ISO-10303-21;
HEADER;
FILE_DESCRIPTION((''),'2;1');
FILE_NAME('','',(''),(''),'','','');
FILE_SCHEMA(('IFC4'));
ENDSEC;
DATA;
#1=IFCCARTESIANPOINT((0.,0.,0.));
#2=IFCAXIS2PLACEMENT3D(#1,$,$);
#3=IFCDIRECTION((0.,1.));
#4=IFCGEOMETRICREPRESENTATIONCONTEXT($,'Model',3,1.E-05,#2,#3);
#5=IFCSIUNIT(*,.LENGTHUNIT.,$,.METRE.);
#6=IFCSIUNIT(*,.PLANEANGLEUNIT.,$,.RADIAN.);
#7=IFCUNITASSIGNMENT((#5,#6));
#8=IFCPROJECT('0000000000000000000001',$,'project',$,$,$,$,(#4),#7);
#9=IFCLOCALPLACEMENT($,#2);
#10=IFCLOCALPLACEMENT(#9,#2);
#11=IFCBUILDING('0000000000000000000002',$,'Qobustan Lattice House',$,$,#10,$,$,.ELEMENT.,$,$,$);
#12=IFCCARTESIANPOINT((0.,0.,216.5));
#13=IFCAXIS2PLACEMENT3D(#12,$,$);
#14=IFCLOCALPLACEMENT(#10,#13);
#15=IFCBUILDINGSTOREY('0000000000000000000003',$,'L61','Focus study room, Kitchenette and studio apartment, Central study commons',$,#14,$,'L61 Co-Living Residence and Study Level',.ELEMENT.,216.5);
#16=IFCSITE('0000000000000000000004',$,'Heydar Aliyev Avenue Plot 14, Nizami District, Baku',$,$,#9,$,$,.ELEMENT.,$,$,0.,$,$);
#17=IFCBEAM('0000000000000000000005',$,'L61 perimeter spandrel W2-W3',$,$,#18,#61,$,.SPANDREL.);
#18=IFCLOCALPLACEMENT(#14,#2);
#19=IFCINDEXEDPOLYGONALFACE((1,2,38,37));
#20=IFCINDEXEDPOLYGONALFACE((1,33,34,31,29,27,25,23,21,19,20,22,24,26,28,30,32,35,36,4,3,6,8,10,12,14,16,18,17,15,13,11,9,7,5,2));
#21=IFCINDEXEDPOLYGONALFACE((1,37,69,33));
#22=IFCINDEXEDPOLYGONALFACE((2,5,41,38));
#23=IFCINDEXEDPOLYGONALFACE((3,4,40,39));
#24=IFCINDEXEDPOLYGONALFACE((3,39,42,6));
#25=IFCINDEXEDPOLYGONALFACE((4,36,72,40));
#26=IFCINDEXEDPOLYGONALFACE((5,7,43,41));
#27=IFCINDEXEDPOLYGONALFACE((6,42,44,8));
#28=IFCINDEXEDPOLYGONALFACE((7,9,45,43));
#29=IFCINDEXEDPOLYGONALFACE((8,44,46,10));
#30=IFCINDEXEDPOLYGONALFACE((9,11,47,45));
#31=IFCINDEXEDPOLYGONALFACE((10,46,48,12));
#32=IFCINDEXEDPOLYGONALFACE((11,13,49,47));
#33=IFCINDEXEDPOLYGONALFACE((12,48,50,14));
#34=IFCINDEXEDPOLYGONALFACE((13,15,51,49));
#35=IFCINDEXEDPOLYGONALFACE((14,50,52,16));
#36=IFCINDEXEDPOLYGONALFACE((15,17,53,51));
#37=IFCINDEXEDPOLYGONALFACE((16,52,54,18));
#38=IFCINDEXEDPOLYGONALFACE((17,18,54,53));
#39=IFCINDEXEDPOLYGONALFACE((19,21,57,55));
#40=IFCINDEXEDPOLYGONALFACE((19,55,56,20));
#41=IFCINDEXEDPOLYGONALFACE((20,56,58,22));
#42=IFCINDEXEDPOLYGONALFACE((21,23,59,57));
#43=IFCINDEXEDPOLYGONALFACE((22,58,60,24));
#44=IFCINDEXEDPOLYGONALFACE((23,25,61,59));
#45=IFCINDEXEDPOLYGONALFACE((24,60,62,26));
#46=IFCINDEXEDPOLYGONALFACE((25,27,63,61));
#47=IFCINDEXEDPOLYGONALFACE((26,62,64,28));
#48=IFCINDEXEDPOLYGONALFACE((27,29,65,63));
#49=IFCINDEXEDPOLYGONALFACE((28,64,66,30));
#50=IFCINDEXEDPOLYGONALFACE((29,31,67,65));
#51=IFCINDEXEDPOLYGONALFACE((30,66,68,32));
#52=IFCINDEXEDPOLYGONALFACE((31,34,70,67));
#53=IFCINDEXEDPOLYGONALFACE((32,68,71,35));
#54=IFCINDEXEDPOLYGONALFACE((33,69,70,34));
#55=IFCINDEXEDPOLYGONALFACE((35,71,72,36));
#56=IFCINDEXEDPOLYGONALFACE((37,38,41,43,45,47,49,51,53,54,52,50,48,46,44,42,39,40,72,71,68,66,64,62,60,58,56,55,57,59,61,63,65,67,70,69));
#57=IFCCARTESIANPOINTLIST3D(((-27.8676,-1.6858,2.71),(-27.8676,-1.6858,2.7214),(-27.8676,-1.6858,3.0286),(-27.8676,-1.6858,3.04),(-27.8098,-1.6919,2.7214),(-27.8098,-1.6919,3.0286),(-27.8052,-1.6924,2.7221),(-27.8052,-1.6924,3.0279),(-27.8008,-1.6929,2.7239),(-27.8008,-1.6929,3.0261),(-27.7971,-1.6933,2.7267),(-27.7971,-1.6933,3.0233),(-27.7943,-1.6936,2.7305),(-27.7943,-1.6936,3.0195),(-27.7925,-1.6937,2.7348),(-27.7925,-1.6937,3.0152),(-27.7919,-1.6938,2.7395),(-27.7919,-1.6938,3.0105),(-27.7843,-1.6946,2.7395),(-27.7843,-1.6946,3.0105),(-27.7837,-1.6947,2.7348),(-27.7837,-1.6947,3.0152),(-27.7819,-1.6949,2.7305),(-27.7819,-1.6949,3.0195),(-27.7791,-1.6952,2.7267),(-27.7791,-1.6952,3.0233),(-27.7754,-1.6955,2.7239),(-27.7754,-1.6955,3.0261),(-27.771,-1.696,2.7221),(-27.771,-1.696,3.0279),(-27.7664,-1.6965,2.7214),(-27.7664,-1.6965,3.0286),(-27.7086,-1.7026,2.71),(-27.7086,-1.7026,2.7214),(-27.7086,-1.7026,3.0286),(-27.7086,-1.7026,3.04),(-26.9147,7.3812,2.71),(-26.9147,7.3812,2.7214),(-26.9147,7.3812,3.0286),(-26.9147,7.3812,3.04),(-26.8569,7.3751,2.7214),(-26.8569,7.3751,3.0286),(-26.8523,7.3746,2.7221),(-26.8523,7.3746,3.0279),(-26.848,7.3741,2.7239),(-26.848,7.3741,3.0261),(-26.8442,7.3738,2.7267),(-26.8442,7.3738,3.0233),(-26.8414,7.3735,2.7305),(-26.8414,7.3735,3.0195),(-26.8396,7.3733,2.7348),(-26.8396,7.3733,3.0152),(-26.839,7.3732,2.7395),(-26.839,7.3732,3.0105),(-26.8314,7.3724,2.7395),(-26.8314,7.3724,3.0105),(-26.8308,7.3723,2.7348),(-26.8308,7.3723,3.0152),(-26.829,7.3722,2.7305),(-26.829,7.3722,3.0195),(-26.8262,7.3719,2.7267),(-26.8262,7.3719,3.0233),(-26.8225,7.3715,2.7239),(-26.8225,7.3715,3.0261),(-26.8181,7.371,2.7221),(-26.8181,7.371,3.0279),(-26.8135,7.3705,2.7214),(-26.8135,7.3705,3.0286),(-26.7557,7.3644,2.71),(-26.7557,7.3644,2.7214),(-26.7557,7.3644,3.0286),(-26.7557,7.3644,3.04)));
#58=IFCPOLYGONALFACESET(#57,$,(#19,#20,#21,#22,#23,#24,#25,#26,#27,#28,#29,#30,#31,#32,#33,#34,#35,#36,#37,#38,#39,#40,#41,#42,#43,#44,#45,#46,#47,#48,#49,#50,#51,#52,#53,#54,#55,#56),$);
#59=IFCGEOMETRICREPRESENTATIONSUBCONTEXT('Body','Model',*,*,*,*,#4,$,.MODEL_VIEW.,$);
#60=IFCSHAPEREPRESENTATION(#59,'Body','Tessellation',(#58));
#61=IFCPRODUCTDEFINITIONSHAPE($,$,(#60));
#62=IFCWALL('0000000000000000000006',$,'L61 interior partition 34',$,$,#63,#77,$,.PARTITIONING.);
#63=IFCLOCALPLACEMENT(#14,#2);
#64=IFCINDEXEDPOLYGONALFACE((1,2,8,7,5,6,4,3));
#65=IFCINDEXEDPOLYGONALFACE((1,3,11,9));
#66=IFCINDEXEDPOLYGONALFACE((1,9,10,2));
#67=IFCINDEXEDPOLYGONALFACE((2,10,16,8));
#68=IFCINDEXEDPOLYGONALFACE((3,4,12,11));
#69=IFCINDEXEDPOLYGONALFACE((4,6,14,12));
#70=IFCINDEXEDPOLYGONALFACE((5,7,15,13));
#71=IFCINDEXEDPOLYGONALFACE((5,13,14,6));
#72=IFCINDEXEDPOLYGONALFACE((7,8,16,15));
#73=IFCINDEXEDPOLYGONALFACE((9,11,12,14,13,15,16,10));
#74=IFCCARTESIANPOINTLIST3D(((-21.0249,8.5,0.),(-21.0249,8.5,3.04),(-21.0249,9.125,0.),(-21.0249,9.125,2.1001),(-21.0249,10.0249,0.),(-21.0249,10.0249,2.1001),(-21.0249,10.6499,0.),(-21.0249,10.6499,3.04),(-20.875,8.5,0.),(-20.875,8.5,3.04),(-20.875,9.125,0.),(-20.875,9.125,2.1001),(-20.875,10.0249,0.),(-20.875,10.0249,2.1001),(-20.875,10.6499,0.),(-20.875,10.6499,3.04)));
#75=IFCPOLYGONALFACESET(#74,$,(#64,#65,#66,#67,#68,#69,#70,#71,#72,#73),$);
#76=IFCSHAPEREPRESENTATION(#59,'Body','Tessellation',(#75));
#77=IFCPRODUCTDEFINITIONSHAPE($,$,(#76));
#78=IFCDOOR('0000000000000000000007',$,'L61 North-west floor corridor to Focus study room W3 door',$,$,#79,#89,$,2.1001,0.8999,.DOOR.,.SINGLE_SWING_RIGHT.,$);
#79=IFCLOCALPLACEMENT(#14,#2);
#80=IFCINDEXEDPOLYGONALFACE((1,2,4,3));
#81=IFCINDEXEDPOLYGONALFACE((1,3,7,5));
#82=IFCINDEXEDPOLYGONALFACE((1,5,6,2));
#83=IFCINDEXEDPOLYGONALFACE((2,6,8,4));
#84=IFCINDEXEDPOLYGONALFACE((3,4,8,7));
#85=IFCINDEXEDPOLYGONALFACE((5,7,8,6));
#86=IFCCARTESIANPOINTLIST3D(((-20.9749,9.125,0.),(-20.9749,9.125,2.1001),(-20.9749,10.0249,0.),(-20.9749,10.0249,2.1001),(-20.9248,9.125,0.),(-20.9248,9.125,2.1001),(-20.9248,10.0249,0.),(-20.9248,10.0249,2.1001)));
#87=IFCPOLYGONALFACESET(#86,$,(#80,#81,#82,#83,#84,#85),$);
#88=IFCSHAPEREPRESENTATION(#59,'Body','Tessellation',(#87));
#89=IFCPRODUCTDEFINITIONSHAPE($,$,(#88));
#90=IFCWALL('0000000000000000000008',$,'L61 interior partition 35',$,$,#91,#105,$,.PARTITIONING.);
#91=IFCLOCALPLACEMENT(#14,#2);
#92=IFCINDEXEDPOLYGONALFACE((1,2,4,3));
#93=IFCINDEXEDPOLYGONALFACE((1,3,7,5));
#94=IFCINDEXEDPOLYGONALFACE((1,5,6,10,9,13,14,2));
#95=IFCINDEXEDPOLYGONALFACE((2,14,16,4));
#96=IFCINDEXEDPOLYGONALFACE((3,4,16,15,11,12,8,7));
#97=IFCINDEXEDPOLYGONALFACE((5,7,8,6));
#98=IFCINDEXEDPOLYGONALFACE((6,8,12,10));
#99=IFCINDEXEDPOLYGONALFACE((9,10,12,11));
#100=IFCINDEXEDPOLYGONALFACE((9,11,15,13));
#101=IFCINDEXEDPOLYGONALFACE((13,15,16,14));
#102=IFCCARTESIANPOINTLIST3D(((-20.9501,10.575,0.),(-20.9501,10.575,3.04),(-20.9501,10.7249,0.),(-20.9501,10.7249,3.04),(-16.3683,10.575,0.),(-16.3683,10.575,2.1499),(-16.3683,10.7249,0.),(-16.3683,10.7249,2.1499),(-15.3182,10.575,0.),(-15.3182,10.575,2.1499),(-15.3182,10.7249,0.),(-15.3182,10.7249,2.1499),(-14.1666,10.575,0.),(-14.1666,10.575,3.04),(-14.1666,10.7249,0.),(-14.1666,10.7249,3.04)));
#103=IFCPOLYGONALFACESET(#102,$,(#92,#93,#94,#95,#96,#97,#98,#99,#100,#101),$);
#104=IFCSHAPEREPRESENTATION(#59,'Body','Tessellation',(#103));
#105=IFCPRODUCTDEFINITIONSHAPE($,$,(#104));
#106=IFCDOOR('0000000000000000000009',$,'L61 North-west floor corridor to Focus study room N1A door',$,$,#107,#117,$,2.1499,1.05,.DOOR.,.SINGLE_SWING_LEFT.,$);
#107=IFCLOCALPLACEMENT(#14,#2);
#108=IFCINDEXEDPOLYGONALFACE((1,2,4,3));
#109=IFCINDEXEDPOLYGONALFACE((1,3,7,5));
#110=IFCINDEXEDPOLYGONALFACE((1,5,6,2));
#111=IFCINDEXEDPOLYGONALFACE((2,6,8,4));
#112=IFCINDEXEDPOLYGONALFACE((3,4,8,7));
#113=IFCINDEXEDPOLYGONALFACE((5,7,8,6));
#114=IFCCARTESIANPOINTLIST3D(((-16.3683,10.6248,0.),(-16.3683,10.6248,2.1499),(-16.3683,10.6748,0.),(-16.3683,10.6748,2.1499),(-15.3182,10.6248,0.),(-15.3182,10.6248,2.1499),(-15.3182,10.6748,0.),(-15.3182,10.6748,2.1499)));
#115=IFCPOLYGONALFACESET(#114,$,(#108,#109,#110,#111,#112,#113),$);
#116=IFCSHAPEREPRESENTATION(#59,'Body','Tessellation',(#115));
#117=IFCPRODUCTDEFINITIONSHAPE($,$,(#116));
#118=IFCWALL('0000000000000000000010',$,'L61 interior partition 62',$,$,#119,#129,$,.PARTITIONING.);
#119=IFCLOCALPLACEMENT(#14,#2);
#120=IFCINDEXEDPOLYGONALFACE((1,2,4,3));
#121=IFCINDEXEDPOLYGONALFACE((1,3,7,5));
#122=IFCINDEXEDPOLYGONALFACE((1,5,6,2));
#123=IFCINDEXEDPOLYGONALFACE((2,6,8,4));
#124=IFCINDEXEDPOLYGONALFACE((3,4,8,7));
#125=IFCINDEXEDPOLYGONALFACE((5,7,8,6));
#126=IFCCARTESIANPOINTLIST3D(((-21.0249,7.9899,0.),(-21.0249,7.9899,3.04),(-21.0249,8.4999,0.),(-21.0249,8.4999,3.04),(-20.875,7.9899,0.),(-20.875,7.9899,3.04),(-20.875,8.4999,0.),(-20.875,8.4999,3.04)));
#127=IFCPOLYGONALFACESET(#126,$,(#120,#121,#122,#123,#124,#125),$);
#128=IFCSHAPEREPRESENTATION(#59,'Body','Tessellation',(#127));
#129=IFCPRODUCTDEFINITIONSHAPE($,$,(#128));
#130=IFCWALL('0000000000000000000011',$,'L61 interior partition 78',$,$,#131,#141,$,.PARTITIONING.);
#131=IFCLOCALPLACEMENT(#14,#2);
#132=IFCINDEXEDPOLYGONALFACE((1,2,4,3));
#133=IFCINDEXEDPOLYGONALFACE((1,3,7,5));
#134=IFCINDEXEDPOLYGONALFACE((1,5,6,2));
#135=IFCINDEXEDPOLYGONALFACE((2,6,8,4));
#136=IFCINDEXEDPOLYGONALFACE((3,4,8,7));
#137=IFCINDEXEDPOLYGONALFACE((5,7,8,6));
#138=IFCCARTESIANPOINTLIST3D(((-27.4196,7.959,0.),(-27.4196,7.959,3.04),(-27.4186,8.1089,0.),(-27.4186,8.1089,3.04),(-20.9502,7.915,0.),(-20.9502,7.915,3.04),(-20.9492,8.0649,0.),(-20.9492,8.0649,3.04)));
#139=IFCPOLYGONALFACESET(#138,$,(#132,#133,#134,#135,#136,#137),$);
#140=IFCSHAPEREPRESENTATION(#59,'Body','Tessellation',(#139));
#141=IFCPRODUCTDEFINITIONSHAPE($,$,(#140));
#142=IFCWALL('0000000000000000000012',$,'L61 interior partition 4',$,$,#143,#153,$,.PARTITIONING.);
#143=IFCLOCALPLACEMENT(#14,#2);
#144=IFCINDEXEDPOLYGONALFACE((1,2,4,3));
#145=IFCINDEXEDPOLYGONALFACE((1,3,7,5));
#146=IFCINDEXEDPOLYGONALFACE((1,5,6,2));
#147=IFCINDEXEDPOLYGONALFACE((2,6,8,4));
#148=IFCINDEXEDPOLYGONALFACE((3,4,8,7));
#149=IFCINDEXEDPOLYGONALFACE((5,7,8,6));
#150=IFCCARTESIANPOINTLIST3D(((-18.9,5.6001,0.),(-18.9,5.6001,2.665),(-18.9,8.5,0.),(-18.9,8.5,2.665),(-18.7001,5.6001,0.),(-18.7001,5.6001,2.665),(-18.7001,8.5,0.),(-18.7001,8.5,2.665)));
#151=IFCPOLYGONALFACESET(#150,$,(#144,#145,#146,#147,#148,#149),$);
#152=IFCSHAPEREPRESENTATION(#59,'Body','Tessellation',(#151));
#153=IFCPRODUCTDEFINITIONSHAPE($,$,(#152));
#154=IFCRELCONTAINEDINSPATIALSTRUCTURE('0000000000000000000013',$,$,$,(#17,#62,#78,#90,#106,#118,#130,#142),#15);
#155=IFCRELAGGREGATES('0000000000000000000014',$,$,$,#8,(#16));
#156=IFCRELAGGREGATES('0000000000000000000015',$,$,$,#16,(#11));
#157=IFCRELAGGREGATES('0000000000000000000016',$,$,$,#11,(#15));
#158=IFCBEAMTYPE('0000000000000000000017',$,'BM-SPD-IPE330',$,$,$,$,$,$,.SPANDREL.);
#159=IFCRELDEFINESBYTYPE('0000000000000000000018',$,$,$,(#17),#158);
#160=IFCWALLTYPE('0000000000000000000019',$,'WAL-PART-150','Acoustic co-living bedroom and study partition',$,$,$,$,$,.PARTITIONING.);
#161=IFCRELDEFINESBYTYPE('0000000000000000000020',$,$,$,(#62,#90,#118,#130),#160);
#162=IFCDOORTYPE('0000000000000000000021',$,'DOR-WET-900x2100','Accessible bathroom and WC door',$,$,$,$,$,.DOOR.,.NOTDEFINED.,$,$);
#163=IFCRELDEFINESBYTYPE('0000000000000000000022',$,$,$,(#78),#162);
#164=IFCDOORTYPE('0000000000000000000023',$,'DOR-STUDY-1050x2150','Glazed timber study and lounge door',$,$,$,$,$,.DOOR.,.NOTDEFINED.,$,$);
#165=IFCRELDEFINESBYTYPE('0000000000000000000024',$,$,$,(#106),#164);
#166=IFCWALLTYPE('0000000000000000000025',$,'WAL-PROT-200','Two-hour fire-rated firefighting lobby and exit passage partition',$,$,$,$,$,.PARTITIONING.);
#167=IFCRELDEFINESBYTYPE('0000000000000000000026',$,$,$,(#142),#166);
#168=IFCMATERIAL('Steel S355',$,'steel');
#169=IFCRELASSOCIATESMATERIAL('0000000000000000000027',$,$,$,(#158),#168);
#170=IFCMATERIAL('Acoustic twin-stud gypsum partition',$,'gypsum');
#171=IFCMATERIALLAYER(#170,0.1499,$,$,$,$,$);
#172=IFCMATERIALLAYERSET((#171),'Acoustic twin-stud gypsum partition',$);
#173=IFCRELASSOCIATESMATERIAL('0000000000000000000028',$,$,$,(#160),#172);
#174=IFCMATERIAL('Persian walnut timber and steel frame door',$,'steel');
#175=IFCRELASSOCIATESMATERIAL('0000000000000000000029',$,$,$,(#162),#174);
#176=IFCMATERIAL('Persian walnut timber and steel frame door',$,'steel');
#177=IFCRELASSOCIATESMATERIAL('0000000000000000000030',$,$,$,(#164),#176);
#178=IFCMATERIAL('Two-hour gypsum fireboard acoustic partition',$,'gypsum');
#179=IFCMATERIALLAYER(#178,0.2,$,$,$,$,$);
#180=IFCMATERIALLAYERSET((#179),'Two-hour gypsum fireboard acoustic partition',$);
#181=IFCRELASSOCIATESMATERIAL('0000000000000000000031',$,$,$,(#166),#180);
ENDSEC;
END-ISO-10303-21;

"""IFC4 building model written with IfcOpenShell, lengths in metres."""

from ifc_helpers import new_model, si_unit, direction, frame, frame_2d, origin, origin_2d, place, context, subcontext, project, spatial, rectangle, i_section, extrude, material, layer, layer_set, material_profile, profile_set, type_object, element, fill, save


model = new_model("IFC4")

# Units and contexts
model_context = context("Model", 3, precision=1e-05, world=origin(), true_north=direction((0.0, 1.0)))
body_context = subcontext(model_context, "Body", "Model", "MODEL_VIEW")
ifc_project = project(units=[si_unit("LENGTHUNIT", "METRE"), si_unit("PLANEANGLEUNIT", "RADIAN")], contexts=[model_context])

# Site, building, storey
site_placement = place(None, origin())
site = spatial("IfcSite", under=ifc_project, at=site_placement, Name="Heydar Aliyev Avenue Plot 14, Nizami District, Baku", CompositionType="ELEMENT", RefElevation=0.0)
building_placement = place(site_placement, origin())
building = spatial("IfcBuilding", under=site, at=building_placement, Name="Qobustan Lattice House", CompositionType="ELEMENT")
storey_placement = place(building_placement, frame((0.0, 0.0, 216.5)))
storey = spatial("IfcBuildingStorey", under=building, at=storey_placement, Name="L61", Description="Focus study room, Kitchenette and studio apartment, Central study commons", LongName="L61 Co-Living Residence and Study Level", CompositionType="ELEMENT", Elevation=216.5)

# Beam
ifc_material_1 = material(Name="Steel S355", Category="steel")
ifc_material_profile_1 = material_profile(ifc_material_1, i_section(OverallWidth=0.1599, OverallDepth=0.3301, WebThickness=0.0076, FlangeThickness=0.0115, FilletRadius=0.0181, at=origin_2d()), Name="IPE330")
ifc_profile_set_1 = profile_set([ifc_material_profile_1], Name="Steel S355")
beam_type_1 = type_object("IfcBeamType", Name="BM-SPD-IPE330", PredefinedType="SPANDREL", material=ifc_profile_set_1)
beam_1_placement = place(storey_placement, frame((-26.8352, 7.3728, 2.875), z_axis=(-0.104519, -0.994523, 0.0), x_axis=(0.994523, -0.104519, 0.0)))
element("IfcBeam", 1, at=beam_1_placement, inside=storey, type_object=beam_type_1, Name="L61 perimeter spandrel W2-W3", PredefinedType="SPANDREL", context=body_context, shape_type="SweptSolid", body=[
    extrude(i_section(OverallWidth=0.1599, OverallDepth=0.3301, WebThickness=0.0076, FlangeThickness=0.0115, FilletRadius=0.0181, at=origin_2d()), origin(), (0.0, 0.0, 1.0), 9.1169),
])

# Walls, openings, doors
ifc_material_2 = material(Name="Acoustic twin-stud gypsum partition", Category="gypsum")
ifc_layer_1 = layer(ifc_material_2, 0.1499)
ifc_layer_set_1 = layer_set([ifc_layer_1], Name="Acoustic twin-stud gypsum partition")
wall_type_1 = type_object("IfcWallType", Name="WAL-PART-150", Description="Acoustic co-living bedroom and study partition", PredefinedType="PARTITIONING", material=ifc_layer_set_1)
wall_1_placement = place(storey_placement, frame((-20.95, 8.5, 0.0), z_axis=(0.0, 0.0, 1.0), x_axis=(0.0, 1.0, 0.0)))
wall_1 = element("IfcWall", 2, at=wall_1_placement, inside=storey, type_object=wall_type_1, Name="L61 interior partition 34", PredefinedType="PARTITIONING", context=body_context, shape_type="SweptSolid", body=[
    extrude(rectangle(XDim=2.1499, YDim=0.1499, at=frame_2d((1.075, 0.0))), origin(), (0.0, 0.0, 1.0), 3.04),
])
opening_1_placement = place(wall_1_placement, frame((0.625, 0.0, 0.0)))
opening_1 = element("IfcOpeningElement", 3, at=opening_1_placement, cuts=wall_1, PredefinedType="OPENING", context=body_context, shape_type="SweptSolid", body=[
    extrude(rectangle(XDim=0.8999, YDim=2.1001, at=frame_2d((0.45, 1.05))), frame((0.0, 0.085, 0.0), z_axis=(0.0, -1.0, 0.0), x_axis=(1.0, 0.0, 0.0)), (0.0, 0.0, 1.0), 0.1699),
])
ifc_material_3 = material(Name="Persian walnut timber and steel frame door", Category="steel")
door_type_1 = type_object("IfcDoorType", Name="DOR-WET-900x2100", Description="Accessible bathroom and WC door", OperationType="NOTDEFINED", PredefinedType="DOOR", material=ifc_material_3)
door_1_placement = place(opening_1_placement, origin())
door_1 = element("IfcDoor", 4, at=door_1_placement, inside=storey, type_object=door_type_1, Name="L61 North-west floor corridor to Focus study room W3 door", OperationType="SINGLE_SWING_RIGHT", OverallHeight=2.1001, OverallWidth=0.8999, PredefinedType="DOOR", context=body_context, shape_type="SweptSolid", body=[
    extrude(rectangle(XDim=0.8999, YDim=2.1001, at=frame_2d((0.45, 1.05))), frame((0.0, 0.0249, 0.0), z_axis=(0.0, -1.0, 0.0), x_axis=(1.0, 0.0, 0.0)), (0.0, 0.0, 1.0), 0.05),
])
fill(opening_1, door_1)
wall_2_placement = place(storey_placement, frame((-20.95, 10.6499, 0.0), z_axis=(0.0, 0.0, 1.0), x_axis=(1.0, 0.0, 0.0)))
wall_2 = element("IfcWall", 5, at=wall_2_placement, inside=storey, type_object=wall_type_1, Name="L61 interior partition 35", PredefinedType="PARTITIONING", context=body_context, shape_type="SweptSolid", body=[
    extrude(rectangle(XDim=6.7834, YDim=0.1499, at=frame_2d((3.3916, 0.0))), origin(), (0.0, 0.0, 1.0), 3.04),
])
opening_2_placement = place(wall_2_placement, frame((4.5818, 0.0, 0.0)))
opening_2 = element("IfcOpeningElement", 6, at=opening_2_placement, cuts=wall_2, PredefinedType="OPENING", context=body_context, shape_type="SweptSolid", body=[
    extrude(rectangle(XDim=1.05, YDim=2.1499, at=frame_2d((0.5249, 1.075))), frame((0.0, 0.085, 0.0), z_axis=(0.0, -1.0, 0.0), x_axis=(1.0, 0.0, 0.0)), (0.0, 0.0, 1.0), 0.1699),
])
ifc_material_4 = material(Name="Persian walnut timber and steel frame door", Category="steel")
door_type_2 = type_object("IfcDoorType", Name="DOR-STUDY-1050x2150", Description="Glazed timber study and lounge door", OperationType="NOTDEFINED", PredefinedType="DOOR", material=ifc_material_4)
door_2_placement = place(opening_2_placement, origin())
door_2 = element("IfcDoor", 7, at=door_2_placement, inside=storey, type_object=door_type_2, Name="L61 North-west floor corridor to Focus study room N1A door", OperationType="SINGLE_SWING_LEFT", OverallHeight=2.1499, OverallWidth=1.05, PredefinedType="DOOR", context=body_context, shape_type="SweptSolid", body=[
    extrude(rectangle(XDim=1.05, YDim=2.1499, at=frame_2d((0.5249, 1.075))), frame((0.0, 0.0249, 0.0), z_axis=(0.0, -1.0, 0.0), x_axis=(1.0, 0.0, 0.0)), (0.0, 0.0, 1.0), 0.05),
])
fill(opening_2, door_2)

# Walls
wall_3_placement = place(storey_placement, frame((-20.95, 7.99, 0.0), z_axis=(0.0, 0.0, 1.0), x_axis=(0.0, 1.0, 0.0)))
element("IfcWall", 8, at=wall_3_placement, inside=storey, type_object=wall_type_1, Name="L61 interior partition 62", PredefinedType="PARTITIONING", context=body_context, shape_type="SweptSolid", body=[
    extrude(rectangle(XDim=0.51, YDim=0.1499, at=frame_2d((0.2549, 0.0))), origin(), (0.0, 0.0, 1.0), 3.04),
])
wall_4_placement = place(storey_placement, frame((-27.4192, 8.0339, 0.0), z_axis=(0.0, 0.0, 1.0), x_axis=(0.999977, -0.006793, 0.0)))
element("IfcWall", 9, at=wall_4_placement, inside=storey, type_object=wall_type_1, Name="L61 interior partition 78", PredefinedType="PARTITIONING", context=body_context, shape_type="SweptSolid", body=[
    extrude(rectangle(XDim=6.4695, YDim=0.1499, at=frame_2d((3.2349, 0.0))), origin(), (0.0, 0.0, 1.0), 3.04),
])
ifc_material_5 = material(Name="Two-hour gypsum fireboard acoustic partition", Category="gypsum")
ifc_layer_2 = layer(ifc_material_5, 0.2)
ifc_layer_set_2 = layer_set([ifc_layer_2], Name="Two-hour gypsum fireboard acoustic partition")
wall_type_2 = type_object("IfcWallType", Name="WAL-PROT-200", Description="Two-hour fire-rated firefighting lobby and exit passage partition", PredefinedType="PARTITIONING", material=ifc_layer_set_2)
wall_5_placement = place(storey_placement, frame((-18.8, 8.5, 0.0), z_axis=(0.0, 0.0, 1.0), x_axis=(0.0, -1.0, 0.0)))
element("IfcWall", 10, at=wall_5_placement, inside=storey, type_object=wall_type_2, Name="L61 interior partition 4", PredefinedType="PARTITIONING", context=body_context, shape_type="SweptSolid", body=[
    extrude(rectangle(XDim=2.8999, YDim=0.2, at=frame_2d((1.45, 0.0))), origin(), (0.0, 0.0, 1.0), 2.665),
])

save(model, "model.ifc")
